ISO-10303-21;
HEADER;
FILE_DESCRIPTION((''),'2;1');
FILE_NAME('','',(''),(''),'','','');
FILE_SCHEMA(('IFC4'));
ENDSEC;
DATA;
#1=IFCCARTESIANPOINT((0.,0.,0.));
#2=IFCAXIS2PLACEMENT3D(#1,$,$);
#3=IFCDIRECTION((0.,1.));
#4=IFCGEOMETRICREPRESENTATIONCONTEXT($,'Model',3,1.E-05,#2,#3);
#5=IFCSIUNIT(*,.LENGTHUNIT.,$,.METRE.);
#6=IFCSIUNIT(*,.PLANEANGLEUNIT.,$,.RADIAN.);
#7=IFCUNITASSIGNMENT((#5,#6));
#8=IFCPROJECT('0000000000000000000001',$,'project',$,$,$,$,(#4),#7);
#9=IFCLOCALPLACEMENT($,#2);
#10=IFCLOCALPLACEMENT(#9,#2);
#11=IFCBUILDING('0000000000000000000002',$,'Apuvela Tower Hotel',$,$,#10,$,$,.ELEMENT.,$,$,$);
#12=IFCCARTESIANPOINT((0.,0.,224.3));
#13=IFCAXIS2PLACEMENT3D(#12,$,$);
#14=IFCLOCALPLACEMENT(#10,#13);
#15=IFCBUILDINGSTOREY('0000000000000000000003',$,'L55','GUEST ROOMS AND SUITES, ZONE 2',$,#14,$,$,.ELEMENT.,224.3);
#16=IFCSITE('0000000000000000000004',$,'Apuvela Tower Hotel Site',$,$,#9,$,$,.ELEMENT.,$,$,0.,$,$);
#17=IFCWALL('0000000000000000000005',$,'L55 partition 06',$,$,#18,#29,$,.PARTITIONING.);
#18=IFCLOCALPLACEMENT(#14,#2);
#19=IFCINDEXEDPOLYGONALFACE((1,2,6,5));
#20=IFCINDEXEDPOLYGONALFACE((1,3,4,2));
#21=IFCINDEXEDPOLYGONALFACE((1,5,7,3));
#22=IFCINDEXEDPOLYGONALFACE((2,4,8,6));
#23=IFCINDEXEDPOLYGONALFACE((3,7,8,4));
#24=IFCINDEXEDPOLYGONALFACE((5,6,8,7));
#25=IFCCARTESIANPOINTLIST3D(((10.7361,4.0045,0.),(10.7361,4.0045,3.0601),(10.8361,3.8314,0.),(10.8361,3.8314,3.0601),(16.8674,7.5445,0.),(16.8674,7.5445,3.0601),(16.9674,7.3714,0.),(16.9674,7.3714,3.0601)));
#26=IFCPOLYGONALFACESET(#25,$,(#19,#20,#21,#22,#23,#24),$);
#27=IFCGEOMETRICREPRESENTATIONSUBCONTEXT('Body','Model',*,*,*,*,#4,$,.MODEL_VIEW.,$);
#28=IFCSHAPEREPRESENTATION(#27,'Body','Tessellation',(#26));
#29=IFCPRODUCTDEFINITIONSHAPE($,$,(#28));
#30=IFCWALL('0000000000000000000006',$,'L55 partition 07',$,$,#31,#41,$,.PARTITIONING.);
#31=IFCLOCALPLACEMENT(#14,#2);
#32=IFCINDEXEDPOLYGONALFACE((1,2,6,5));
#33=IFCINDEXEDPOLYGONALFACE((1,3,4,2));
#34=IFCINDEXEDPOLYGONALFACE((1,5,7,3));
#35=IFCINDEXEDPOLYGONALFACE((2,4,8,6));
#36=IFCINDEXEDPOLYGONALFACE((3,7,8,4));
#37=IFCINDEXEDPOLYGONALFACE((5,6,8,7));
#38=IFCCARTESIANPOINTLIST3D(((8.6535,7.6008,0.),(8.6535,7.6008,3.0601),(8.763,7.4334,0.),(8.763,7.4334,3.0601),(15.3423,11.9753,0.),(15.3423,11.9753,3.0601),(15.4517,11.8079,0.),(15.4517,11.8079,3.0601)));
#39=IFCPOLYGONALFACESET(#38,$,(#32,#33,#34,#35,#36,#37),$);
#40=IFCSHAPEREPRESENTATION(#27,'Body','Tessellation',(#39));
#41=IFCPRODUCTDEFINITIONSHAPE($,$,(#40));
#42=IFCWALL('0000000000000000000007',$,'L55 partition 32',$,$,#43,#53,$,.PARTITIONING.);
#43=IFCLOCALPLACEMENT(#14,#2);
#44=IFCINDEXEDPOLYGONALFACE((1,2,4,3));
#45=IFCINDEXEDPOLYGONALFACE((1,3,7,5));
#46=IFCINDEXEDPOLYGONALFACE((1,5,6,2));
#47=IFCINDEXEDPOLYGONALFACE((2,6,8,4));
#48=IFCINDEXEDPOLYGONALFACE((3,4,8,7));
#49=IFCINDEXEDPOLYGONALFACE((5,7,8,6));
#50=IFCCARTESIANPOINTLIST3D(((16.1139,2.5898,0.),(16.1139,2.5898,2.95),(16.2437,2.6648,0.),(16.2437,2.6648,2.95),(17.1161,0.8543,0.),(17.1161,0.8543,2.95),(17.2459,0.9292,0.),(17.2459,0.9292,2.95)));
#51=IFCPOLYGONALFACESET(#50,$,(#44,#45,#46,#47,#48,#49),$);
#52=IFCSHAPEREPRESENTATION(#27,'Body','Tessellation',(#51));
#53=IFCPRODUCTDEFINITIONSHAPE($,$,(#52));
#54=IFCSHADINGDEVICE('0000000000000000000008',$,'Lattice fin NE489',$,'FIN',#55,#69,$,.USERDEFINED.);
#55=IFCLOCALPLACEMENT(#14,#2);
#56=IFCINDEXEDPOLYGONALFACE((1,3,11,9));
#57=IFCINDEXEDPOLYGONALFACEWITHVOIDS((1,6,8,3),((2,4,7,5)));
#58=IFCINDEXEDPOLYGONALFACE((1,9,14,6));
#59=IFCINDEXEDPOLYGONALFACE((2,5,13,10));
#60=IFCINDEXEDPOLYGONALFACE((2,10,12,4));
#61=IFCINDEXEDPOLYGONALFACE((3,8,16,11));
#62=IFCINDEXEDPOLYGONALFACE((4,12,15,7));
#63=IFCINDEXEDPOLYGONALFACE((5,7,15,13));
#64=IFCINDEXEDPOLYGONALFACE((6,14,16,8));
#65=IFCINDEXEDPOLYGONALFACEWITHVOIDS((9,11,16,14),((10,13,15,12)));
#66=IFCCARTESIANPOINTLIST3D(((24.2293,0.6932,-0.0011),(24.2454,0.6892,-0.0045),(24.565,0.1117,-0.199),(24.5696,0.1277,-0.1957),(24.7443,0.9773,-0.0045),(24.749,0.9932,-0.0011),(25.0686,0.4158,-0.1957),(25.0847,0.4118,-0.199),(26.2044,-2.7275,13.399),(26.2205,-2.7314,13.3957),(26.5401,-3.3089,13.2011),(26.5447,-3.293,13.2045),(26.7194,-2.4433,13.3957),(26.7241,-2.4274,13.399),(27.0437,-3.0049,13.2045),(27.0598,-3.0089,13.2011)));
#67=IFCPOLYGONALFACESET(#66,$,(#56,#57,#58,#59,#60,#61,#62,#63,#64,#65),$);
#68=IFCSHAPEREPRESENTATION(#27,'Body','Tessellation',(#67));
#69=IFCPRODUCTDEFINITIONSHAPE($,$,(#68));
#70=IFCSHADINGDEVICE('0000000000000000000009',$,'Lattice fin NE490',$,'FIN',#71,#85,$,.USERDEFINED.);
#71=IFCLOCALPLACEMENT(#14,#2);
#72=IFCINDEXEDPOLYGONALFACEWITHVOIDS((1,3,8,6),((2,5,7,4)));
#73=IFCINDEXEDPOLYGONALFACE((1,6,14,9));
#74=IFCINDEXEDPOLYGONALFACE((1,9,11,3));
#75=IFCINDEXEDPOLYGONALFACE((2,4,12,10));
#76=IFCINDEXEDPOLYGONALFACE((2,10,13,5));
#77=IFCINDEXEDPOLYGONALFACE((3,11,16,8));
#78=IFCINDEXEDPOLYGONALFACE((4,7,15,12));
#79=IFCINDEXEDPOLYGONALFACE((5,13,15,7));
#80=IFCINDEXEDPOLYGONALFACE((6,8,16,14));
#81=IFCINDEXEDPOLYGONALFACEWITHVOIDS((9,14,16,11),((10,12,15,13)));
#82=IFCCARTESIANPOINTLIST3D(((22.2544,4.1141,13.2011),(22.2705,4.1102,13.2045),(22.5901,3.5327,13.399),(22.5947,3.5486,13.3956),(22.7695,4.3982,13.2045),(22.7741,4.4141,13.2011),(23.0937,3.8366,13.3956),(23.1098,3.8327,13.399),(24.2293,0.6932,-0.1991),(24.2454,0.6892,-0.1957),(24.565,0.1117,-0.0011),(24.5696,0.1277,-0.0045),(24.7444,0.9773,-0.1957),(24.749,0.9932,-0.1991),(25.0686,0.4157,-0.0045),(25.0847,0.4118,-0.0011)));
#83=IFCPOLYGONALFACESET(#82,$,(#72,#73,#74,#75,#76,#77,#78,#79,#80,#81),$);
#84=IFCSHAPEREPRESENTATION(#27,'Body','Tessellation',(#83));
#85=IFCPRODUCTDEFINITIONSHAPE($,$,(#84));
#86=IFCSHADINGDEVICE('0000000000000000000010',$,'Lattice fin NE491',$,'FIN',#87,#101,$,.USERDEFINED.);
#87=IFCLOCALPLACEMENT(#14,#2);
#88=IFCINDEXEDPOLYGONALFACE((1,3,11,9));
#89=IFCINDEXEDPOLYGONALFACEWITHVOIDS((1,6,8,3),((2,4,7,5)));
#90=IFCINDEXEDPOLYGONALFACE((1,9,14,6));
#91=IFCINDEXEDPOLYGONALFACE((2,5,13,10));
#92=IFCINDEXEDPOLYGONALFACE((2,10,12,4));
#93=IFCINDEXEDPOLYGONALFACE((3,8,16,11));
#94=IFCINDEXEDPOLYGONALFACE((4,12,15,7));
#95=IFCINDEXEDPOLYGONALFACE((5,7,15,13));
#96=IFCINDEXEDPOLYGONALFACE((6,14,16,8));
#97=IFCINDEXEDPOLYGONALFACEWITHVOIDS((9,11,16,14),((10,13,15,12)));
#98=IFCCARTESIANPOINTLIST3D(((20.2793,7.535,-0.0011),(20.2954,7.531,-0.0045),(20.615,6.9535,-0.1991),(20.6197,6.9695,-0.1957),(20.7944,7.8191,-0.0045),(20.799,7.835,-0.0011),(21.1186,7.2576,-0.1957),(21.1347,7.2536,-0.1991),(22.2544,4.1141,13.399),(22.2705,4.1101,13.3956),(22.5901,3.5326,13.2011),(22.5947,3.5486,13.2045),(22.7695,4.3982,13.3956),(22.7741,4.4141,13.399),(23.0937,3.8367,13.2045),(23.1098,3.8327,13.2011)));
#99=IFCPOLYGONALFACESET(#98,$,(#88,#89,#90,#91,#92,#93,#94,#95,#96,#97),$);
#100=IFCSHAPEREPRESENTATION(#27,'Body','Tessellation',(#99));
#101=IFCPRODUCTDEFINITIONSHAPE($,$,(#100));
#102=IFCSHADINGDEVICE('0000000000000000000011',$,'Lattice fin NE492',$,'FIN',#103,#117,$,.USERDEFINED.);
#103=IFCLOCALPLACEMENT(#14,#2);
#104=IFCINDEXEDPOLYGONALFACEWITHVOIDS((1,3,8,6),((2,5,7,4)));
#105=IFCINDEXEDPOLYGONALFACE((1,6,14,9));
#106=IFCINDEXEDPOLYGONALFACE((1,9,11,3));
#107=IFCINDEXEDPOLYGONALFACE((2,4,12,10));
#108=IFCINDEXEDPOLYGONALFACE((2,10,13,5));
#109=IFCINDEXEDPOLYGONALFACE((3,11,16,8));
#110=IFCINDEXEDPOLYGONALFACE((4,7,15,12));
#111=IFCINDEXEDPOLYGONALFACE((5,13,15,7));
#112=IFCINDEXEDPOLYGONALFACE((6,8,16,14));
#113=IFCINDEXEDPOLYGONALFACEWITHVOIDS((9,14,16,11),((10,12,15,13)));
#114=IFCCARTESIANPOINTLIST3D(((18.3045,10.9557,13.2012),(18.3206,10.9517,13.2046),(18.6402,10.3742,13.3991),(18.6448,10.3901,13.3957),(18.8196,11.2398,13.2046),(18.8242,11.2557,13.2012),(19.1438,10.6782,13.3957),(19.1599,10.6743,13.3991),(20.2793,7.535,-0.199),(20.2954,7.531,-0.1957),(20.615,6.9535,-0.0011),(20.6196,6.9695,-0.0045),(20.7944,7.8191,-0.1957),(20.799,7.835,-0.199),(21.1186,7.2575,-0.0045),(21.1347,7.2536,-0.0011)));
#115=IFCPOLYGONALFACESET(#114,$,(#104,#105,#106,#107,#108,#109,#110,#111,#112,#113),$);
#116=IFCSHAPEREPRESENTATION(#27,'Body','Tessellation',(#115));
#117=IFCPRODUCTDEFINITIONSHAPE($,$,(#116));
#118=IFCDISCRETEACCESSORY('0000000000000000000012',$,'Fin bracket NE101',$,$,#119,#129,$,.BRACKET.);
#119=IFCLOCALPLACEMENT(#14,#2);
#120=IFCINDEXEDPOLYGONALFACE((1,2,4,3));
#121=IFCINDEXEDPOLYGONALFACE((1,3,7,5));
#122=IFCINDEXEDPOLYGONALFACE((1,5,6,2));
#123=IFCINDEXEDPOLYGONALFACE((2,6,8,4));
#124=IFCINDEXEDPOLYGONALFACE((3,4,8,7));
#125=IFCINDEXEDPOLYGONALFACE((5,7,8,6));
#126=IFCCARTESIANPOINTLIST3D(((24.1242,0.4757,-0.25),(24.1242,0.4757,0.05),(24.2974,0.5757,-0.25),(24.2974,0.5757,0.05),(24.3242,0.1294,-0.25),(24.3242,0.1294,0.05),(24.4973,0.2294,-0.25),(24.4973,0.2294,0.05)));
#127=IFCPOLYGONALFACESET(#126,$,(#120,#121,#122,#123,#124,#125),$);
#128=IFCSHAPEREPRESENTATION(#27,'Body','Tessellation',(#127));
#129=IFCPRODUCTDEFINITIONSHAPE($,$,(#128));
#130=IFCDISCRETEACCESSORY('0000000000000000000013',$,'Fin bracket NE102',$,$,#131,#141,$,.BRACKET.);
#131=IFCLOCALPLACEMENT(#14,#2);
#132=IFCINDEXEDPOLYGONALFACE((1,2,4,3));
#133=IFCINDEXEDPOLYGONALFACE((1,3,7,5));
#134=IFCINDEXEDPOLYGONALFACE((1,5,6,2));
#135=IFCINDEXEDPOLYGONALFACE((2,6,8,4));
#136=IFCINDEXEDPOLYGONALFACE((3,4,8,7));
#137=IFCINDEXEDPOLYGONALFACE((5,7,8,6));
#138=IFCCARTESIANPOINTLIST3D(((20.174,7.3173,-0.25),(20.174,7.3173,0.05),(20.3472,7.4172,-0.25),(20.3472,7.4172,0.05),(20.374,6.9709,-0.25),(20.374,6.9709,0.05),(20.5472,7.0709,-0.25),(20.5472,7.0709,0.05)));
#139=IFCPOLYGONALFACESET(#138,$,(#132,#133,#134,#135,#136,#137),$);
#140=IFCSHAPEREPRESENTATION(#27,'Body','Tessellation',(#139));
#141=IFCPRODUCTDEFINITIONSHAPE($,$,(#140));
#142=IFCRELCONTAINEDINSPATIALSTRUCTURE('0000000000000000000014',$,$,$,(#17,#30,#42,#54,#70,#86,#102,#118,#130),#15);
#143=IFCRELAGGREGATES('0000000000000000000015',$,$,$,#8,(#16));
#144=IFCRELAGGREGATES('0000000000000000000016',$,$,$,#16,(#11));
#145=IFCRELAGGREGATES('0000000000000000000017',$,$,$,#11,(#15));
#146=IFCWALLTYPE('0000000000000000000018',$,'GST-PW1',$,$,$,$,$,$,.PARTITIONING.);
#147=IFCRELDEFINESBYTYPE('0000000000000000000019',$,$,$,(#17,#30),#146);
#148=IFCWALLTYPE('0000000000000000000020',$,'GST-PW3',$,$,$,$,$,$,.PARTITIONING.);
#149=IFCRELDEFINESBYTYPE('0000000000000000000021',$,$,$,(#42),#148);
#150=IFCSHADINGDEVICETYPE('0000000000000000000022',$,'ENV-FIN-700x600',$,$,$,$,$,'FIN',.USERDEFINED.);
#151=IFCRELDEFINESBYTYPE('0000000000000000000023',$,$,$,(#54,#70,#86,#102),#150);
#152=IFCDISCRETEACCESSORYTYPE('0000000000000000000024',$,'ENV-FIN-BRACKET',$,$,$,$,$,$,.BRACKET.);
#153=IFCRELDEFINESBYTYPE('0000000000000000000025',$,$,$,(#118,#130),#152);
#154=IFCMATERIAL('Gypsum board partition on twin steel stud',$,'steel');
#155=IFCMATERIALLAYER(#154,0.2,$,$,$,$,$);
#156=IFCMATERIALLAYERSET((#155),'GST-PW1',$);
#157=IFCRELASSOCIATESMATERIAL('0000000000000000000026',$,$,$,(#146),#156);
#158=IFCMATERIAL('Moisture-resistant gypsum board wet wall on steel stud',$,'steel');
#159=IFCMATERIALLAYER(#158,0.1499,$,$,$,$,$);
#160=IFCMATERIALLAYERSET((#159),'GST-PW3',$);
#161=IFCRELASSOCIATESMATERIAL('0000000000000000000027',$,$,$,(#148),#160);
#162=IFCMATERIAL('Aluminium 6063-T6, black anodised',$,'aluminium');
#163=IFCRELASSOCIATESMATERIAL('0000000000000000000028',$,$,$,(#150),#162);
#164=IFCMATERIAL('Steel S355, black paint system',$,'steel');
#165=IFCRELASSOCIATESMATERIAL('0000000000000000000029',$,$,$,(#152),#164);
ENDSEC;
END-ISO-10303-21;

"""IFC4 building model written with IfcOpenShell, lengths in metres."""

from ifc_helpers import new_model, si_unit, direction, frame, frame_2d, origin, origin_2d, place, context, subcontext, project, spatial, rectangle, hollow_rectangle, extrude, material, layer, layer_set, material_profile, profile_set, type_object, element, save


model = new_model("IFC4")

# Units and contexts
model_context = context("Model", 3, precision=1e-05, world=origin(), true_north=direction((0.0, 1.0)))
body_context = subcontext(model_context, "Body", "Model", "MODEL_VIEW")
ifc_project = project(units=[si_unit("LENGTHUNIT", "METRE"), si_unit("PLANEANGLEUNIT", "RADIAN")], contexts=[model_context])

# Site, building, storey
site_placement = place(None, origin())
site = spatial("IfcSite", under=ifc_project, at=site_placement, Name="Apuvela Tower Hotel Site", CompositionType="ELEMENT", RefElevation=0.0)
building_placement = place(site_placement, origin())
building = spatial("IfcBuilding", under=site, at=building_placement, Name="Apuvela Tower Hotel", CompositionType="ELEMENT")
storey_placement = place(building_placement, frame((0.0, 0.0, 224.3)))
storey = spatial("IfcBuildingStorey", under=building, at=storey_placement, Name="L55", Description="GUEST ROOMS AND SUITES, ZONE 2", CompositionType="ELEMENT", Elevation=224.3)

# Walls
ifc_material_1 = material(Name="Gypsum board partition on twin steel stud", Category="steel")
ifc_layer_1 = layer(ifc_material_1, 0.2)
ifc_layer_set_1 = layer_set([ifc_layer_1], Name="GST-PW1")
wall_type_1 = type_object("IfcWallType", Name="GST-PW1", PredefinedType="PARTITIONING", material=ifc_layer_set_1)
wall_1_placement = place(storey_placement, frame((16.9175, 7.458, 0.0), z_axis=(0.0, 0.0, 1.0), x_axis=(-0.866019, -0.500011, 0.0)))
element("IfcWall", 1, at=wall_1_placement, inside=storey, type_object=wall_type_1, Name="L55 partition 06", PredefinedType="PARTITIONING", context=body_context, shape_type="SweptSolid", body=[
    extrude(rectangle(XDim=7.0798, YDim=0.2, at=frame_2d((3.54, 0.0))), origin(), (0.0, 0.0, 1.0), 3.0601),
])
wall_2_placement = place(storey_placement, frame((15.397, 11.8916, 0.0), z_axis=(0.0, 0.0, 1.0), x_axis=(-0.836906, -0.547347, 0.0)))
element("IfcWall", 2, at=wall_2_placement, inside=storey, type_object=wall_type_1, Name="L55 partition 07", PredefinedType="PARTITIONING", context=body_context, shape_type="SweptSolid", body=[
    extrude(rectangle(XDim=7.9922, YDim=0.2, at=frame_2d((3.9961, 0.0))), origin(), (0.0, 0.0, 1.0), 3.0601),
])
ifc_material_2 = material(Name="Moisture-resistant gypsum board wet wall on steel stud", Category="steel")
ifc_layer_2 = layer(ifc_material_2, 0.1499)
ifc_layer_set_2 = layer_set([ifc_layer_2], Name="GST-PW3")
wall_type_2 = type_object("IfcWallType", Name="GST-PW3", PredefinedType="PARTITIONING", material=ifc_layer_set_2)
wall_3_placement = place(storey_placement, frame((17.1809, 0.8918, 0.0), z_axis=(0.0, 0.0, 1.0), x_axis=(-0.500056, 0.865993, 0.0)))
element("IfcWall", 3, at=wall_3_placement, inside=storey, type_object=wall_type_2, Name="L55 partition 32", PredefinedType="PARTITIONING", context=body_context, shape_type="SweptSolid", body=[
    extrude(rectangle(XDim=2.0042, YDim=0.1499, at=frame_2d((1.002, 0.0))), origin(), (0.0, 0.0, 1.0), 2.95),
])

# Shading devices
ifc_material_3 = material(Name="Aluminium 6063-T6, black anodised", Category="aluminium")
ifc_material_profile_1 = material_profile(ifc_material_3, hollow_rectangle(XDim=0.6001, YDim=0.7, WallThickness=0.012, at=origin_2d()), Name="AL BOX 700x600x12")
ifc_profile_set_1 = profile_set([ifc_material_profile_1], Name="Aluminium 6063-T6, black anodised")
shading_device_type = type_object("IfcShadingDeviceType", Name="ENV-FIN-700x600", ElementType="FIN", PredefinedType="USERDEFINED", material=ifc_profile_set_1)
for number, where, z_axis, x_axis, name in (
    (4, (24.657, 0.5525, -0.1001), (0.14138, -0.244854, 0.959197), (0.866005, 0.500035, 0.0), "Lattice fin NE489"),
    (5, (24.657, 0.5525, -0.1001), (-0.141362, 0.244871, 0.959195), (-0.866048, -0.499961, 0.0), "Lattice fin NE490"),
    (6, (20.707, 7.3943, -0.1001), (0.141379, -0.24487, 0.959193), (0.866021, 0.500008, 0.0), "Lattice fin NE491"),
    (7, (20.707, 7.3943, -0.1001), (-0.141362, 0.244855, 0.959199), (-0.866032, -0.499988, 0.0), "Lattice fin NE492"),
):
    element("IfcShadingDevice", number, at=place(storey_placement, frame(where, z_axis=z_axis, x_axis=x_axis)), inside=storey, type_object=shading_device_type, Name=name, ObjectType="FIN", PredefinedType="USERDEFINED", context=body_context, shape_type="SweptSolid", body=[
        extrude(hollow_rectangle(XDim=0.6001, YDim=0.7, WallThickness=0.012, at=origin_2d()), origin(), (0.0, 0.0, 1.0), 13.9702),
    ])

# Discrete accessories
ifc_material_4 = material(Name="Steel S355, black paint system", Category="steel")
discrete_accessory_type = type_object("IfcDiscreteAccessoryType", Name="ENV-FIN-BRACKET", PredefinedType="BRACKET", material=ifc_material_4)
for number, where, z_axis, x_axis, name in (
    (8, (24.3108, 0.3525, -0.25), (0.0, 0.0, 1.0), (-0.5, 0.866025, 0.0), "Fin bracket NE101"),
    (9, (20.3606, 7.1941, -0.25), (0.0, 0.0, 1.0), (-0.5, 0.866025, 0.0), "Fin bracket NE102"),
):
    element("IfcDiscreteAccessory", number, at=place(storey_placement, frame(where, z_axis=z_axis, x_axis=x_axis)), inside=storey, type_object=discrete_accessory_type, Name=name, PredefinedType="BRACKET", context=body_context, shape_type="SweptSolid", body=[
        extrude(rectangle(XDim=0.3999, YDim=0.2, at=origin_2d()), origin(), (0.0, 0.0, 1.0), 0.3),
    ])

save(model, "model.ifc")
